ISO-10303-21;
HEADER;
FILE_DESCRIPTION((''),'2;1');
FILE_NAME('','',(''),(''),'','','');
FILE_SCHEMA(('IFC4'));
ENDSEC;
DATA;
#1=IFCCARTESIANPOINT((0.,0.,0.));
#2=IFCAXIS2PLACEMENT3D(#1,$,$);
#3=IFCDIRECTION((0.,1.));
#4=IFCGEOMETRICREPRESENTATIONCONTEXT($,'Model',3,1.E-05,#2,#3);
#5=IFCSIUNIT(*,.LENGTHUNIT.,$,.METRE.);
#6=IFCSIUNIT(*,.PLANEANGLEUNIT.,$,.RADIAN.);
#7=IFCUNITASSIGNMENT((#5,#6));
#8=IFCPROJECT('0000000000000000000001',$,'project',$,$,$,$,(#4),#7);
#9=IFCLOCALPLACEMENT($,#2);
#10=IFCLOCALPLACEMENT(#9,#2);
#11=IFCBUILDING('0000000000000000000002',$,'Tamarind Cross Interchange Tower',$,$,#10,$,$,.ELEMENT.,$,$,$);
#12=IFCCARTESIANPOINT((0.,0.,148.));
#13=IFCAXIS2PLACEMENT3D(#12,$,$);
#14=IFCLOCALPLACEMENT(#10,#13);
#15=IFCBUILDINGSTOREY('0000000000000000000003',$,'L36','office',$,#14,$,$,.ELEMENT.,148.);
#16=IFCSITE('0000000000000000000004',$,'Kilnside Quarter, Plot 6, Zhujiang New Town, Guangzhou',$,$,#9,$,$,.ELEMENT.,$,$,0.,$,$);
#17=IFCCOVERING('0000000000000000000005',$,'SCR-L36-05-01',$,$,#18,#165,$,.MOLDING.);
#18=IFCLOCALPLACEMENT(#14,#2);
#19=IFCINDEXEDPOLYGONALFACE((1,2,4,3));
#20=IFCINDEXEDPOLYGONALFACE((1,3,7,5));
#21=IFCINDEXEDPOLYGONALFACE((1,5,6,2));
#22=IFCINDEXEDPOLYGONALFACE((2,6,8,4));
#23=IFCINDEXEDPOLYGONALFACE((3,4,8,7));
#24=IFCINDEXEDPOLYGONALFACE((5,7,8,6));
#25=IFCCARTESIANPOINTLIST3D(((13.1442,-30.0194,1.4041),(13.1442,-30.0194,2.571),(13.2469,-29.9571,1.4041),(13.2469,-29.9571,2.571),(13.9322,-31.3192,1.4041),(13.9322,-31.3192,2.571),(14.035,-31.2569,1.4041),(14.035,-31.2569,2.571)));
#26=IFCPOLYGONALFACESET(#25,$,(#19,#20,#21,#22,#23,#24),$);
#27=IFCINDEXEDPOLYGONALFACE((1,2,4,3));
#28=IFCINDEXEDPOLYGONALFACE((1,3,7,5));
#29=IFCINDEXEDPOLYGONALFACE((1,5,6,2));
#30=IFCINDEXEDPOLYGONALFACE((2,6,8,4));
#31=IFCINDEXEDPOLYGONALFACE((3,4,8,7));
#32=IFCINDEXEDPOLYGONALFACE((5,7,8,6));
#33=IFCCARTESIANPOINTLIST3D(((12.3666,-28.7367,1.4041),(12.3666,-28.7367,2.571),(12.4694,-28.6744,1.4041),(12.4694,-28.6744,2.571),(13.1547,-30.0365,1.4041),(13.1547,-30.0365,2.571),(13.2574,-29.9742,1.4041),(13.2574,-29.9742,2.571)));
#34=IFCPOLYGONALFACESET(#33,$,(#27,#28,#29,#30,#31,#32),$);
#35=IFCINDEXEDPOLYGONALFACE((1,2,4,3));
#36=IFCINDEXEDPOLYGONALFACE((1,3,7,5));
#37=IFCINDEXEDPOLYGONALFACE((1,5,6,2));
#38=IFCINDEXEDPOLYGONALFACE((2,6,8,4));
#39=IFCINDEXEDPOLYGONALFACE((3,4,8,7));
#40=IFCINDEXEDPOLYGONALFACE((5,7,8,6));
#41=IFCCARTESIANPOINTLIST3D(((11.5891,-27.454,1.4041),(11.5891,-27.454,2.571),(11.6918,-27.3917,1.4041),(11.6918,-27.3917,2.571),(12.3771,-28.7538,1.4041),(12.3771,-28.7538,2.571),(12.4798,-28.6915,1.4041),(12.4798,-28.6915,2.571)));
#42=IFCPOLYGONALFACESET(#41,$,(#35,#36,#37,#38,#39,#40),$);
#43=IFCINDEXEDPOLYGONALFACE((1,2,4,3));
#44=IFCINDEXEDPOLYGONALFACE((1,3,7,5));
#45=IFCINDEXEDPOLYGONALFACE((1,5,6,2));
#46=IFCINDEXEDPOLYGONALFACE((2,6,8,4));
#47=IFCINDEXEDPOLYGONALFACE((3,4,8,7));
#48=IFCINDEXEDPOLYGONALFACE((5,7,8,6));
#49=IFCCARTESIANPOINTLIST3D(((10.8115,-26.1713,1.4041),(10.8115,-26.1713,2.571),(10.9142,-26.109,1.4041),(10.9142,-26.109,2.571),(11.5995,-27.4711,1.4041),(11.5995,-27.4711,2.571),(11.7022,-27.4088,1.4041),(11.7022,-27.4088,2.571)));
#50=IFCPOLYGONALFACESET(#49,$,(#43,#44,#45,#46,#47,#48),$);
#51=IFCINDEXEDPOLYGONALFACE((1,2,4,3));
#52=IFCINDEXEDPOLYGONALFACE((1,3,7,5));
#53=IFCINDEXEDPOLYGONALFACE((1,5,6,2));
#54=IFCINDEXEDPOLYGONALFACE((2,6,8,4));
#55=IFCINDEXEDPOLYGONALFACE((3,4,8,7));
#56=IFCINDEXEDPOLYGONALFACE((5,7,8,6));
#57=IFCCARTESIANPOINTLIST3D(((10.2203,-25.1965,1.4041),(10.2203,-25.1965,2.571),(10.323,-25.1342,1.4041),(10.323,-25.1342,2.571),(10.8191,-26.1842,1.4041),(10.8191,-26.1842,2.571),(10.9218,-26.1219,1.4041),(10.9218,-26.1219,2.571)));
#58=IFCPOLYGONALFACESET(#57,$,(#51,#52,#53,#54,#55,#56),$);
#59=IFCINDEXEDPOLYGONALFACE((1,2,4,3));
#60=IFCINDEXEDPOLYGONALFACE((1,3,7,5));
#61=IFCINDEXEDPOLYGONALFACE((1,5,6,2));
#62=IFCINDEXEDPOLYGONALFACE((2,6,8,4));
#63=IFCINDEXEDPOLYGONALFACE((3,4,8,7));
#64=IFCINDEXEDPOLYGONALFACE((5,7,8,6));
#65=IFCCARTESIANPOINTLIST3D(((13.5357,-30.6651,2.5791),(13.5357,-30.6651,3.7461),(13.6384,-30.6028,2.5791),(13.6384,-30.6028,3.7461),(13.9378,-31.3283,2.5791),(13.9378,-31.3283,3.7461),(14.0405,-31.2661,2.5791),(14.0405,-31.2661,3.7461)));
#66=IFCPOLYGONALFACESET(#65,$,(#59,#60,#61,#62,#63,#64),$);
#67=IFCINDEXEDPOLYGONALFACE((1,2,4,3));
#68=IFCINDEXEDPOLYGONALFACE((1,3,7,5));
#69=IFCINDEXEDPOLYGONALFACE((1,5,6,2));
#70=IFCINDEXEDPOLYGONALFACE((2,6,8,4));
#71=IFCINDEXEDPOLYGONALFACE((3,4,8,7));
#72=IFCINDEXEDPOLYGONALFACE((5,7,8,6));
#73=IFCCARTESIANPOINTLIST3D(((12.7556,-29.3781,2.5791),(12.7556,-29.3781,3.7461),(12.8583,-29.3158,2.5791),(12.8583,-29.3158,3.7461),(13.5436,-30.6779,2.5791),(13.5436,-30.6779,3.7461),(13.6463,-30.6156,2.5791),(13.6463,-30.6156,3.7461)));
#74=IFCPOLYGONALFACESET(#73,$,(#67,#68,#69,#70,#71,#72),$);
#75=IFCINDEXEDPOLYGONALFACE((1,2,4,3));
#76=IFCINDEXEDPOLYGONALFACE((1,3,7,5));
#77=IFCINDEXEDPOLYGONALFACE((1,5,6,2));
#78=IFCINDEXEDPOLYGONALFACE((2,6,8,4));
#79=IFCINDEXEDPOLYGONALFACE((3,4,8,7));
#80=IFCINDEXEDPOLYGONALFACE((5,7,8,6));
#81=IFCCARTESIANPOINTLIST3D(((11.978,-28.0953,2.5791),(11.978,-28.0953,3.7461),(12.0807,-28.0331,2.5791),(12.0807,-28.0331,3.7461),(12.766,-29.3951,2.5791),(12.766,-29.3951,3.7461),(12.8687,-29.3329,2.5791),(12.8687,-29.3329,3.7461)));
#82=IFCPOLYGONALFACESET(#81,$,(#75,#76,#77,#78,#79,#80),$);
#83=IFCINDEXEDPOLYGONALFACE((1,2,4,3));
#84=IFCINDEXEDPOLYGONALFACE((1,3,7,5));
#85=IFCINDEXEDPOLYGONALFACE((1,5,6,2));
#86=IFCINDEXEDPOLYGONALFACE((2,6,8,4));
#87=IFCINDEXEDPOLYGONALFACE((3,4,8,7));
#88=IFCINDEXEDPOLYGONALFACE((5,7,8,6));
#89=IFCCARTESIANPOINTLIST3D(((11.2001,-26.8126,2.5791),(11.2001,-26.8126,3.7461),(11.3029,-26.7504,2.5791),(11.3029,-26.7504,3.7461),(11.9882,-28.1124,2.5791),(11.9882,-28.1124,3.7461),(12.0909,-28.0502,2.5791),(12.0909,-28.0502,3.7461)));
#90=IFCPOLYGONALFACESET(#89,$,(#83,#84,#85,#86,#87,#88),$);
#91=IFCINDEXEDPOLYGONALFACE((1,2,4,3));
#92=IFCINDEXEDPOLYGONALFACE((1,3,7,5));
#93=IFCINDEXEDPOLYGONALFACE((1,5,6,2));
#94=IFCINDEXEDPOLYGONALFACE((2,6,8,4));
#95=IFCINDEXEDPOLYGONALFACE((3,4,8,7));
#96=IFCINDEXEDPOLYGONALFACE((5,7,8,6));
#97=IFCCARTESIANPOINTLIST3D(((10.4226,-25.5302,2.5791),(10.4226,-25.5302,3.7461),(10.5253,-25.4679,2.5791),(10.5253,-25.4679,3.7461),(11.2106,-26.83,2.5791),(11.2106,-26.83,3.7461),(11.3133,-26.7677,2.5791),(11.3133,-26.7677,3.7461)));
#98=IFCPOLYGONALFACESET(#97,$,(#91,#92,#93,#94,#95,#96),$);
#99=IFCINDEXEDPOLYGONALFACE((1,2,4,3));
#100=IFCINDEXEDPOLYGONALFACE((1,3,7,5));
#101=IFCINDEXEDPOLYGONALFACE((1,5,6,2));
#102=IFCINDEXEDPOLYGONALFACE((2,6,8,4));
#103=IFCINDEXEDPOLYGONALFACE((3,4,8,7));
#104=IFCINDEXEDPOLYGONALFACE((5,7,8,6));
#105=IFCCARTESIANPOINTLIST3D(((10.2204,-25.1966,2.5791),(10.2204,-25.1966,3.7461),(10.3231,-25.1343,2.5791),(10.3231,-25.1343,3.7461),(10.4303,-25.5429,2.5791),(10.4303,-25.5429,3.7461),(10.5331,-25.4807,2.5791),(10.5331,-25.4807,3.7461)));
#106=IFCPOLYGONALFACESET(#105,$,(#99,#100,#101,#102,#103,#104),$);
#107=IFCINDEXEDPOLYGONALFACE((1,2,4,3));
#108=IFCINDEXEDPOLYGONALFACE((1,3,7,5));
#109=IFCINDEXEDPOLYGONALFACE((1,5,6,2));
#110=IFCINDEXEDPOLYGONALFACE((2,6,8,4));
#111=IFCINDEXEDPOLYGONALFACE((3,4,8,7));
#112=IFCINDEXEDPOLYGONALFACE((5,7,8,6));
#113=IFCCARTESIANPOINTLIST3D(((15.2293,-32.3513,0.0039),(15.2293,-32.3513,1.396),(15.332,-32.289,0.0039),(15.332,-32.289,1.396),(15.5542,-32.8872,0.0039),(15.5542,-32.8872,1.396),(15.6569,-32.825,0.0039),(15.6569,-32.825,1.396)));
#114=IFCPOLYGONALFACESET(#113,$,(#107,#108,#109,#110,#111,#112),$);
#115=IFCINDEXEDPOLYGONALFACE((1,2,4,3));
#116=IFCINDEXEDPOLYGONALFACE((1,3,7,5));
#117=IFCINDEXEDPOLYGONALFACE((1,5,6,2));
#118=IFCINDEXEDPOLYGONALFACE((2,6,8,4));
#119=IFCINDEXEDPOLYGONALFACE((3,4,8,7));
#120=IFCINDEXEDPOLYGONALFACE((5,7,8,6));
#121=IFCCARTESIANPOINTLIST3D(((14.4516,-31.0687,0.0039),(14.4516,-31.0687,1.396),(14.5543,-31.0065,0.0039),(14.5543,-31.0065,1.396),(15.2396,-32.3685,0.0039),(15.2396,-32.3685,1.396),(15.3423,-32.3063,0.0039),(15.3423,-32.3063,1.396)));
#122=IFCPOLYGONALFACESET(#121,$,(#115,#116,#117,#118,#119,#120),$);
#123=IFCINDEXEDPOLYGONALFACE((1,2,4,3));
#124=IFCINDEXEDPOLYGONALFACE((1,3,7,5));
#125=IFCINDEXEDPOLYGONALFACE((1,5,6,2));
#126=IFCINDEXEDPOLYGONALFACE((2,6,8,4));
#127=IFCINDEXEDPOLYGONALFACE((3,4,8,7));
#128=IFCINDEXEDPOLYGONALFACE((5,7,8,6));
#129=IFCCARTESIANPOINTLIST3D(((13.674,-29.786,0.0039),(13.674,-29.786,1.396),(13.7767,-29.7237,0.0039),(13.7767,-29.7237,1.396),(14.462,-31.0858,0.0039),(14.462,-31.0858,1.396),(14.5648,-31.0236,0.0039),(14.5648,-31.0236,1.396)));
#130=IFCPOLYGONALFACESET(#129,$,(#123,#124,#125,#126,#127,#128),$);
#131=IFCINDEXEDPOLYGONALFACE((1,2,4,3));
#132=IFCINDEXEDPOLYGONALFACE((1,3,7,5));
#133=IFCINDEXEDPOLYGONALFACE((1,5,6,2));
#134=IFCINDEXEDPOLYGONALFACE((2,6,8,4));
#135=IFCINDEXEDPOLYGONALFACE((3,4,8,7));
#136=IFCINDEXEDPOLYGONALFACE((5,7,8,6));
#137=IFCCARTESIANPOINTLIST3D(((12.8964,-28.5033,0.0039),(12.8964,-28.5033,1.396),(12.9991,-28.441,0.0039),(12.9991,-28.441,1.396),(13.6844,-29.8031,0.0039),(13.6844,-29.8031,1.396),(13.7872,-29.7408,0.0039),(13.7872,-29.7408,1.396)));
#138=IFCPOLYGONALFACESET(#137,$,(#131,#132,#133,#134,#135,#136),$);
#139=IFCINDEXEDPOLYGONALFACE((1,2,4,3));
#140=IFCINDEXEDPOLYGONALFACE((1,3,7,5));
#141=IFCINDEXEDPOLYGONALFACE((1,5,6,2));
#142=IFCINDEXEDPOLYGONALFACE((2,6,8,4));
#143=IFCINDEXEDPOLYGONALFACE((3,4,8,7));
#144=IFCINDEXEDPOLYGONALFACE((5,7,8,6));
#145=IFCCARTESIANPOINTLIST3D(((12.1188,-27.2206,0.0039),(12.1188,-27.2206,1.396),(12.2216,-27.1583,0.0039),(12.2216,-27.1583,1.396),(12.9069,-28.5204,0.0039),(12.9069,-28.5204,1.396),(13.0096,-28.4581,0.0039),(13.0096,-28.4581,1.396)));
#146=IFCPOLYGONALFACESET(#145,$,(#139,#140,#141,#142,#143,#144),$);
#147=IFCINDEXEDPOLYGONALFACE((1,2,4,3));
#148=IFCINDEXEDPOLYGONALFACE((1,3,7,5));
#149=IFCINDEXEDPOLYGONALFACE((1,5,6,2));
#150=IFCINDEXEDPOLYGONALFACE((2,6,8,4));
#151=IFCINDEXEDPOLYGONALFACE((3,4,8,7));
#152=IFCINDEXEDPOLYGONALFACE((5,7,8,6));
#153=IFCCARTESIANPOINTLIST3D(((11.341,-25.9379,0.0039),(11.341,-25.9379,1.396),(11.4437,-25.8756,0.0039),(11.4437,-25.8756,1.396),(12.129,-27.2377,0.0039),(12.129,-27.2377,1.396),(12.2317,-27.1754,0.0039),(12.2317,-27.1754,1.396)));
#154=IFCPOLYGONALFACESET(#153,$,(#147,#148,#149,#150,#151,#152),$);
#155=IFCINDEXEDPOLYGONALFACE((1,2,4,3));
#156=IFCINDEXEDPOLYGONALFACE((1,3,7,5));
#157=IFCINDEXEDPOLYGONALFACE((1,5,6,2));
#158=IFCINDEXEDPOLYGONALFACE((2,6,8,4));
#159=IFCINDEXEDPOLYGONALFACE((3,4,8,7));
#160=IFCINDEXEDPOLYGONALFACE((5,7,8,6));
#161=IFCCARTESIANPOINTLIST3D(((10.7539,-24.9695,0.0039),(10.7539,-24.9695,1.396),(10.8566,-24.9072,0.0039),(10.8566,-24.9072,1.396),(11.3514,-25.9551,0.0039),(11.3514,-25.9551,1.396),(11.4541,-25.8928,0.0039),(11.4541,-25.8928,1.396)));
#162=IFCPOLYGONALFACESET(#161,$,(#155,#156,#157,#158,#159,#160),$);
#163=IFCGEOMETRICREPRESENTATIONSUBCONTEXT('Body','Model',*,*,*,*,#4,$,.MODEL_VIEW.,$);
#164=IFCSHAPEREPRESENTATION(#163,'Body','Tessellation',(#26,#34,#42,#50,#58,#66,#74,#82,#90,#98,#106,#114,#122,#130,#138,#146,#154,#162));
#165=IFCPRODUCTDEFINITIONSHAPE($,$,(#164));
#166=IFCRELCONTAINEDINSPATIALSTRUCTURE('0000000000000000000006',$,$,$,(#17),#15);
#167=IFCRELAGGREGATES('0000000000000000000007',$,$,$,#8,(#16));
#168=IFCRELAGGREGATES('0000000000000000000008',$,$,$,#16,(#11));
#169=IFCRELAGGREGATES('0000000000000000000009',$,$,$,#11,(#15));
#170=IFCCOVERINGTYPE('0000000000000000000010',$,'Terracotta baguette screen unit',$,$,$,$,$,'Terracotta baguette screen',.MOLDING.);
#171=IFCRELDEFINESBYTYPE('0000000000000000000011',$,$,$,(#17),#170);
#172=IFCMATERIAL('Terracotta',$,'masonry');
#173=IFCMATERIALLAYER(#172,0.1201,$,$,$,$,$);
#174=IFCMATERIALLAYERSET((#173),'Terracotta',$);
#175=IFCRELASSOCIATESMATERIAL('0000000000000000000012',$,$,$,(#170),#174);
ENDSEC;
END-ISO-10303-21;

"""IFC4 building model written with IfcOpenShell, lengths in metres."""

from ifc_helpers import new_model, si_unit, direction, frame, origin, origin_2d, place, context, subcontext, project, spatial, rectangle, extrude, material, layer, layer_set, type_object, element, save


model = new_model("IFC4")

# Units and contexts
model_context = context("Model", 3, precision=1e-05, world=origin(), true_north=direction((0.0, 1.0)))
body_context = subcontext(model_context, "Body", "Model", "MODEL_VIEW")
ifc_project = project(units=[si_unit("LENGTHUNIT", "METRE"), si_unit("PLANEANGLEUNIT", "RADIAN")], contexts=[model_context])

# Site, building, storey
site_placement = place(None, origin())
site = spatial("IfcSite", under=ifc_project, at=site_placement, Name="Kilnside Quarter, Plot 6, Zhujiang New Town, Guangzhou", CompositionType="ELEMENT", RefElevation=0.0)
building_placement = place(site_placement, origin())
building = spatial("IfcBuilding", under=site, at=building_placement, Name="Tamarind Cross Interchange Tower", CompositionType="ELEMENT")
storey_placement = place(building_placement, frame((0.0, 0.0, 148.0)))
storey = spatial("IfcBuildingStorey", under=building, at=storey_placement, Name="L36", Description="office", CompositionType="ELEMENT", Elevation=148.0)

# Covering
ifc_material_1 = material(Name="Terracotta", Category="masonry")
ifc_layer_1 = layer(ifc_material_1, 0.1201)
ifc_layer_set_1 = layer_set([ifc_layer_1], Name="Terracotta")
covering_type = type_object("IfcCoveringType", Name="Terracotta baguette screen unit", ElementType="Terracotta baguette screen", PredefinedType="MOLDING", material=ifc_layer_set_1)
covering_1_placement = place(storey_placement, origin())
element("IfcCovering", 1, at=covering_1_placement, inside=storey, type_object=covering_type, Name="SCR-L36-05-01", PredefinedType="MOLDING", context=body_context, shape_type="SweptSolid", body=[
    extrude(rectangle(XDim=1.52, YDim=0.1201, at=origin_2d()), frame((13.5896, -30.6382, 1.4041), z_axis=(0.0, 0.0, 1.0), x_axis=(-0.518425, 0.855123, 0.0)), (0.0, 0.0, 1.0), 1.167),
    extrude(rectangle(XDim=1.52, YDim=0.1201, at=origin_2d()), frame((12.812, -29.3555, 1.4041), z_axis=(0.0, 0.0, 1.0), x_axis=(-0.518425, 0.855123, 0.0)), (0.0, 0.0, 1.0), 1.167),
    extrude(rectangle(XDim=1.52, YDim=0.1201, at=origin_2d()), frame((12.0344, -28.0728, 1.4041), z_axis=(0.0, 0.0, 1.0), x_axis=(-0.518425, 0.855123, 0.0)), (0.0, 0.0, 1.0), 1.167),
    extrude(rectangle(XDim=1.52, YDim=0.1201, at=origin_2d()), frame((11.2568, -26.79, 1.4041), z_axis=(0.0, 0.0, 1.0), x_axis=(-0.518425, 0.855123, 0.0)), (0.0, 0.0, 1.0), 1.167),
    extrude(rectangle(XDim=1.155, YDim=0.1201, at=origin_2d()), frame((10.571, -25.6592, 1.4041), z_axis=(0.0, 0.0, 1.0), x_axis=(-0.518425, 0.855123, 0.0)), (0.0, 0.0, 1.0), 1.167),
    extrude(rectangle(XDim=0.7756, YDim=0.1201, at=origin_2d()), frame((13.7881, -30.9656, 2.5791), z_axis=(0.0, 0.0, 1.0), x_axis=(-0.518425, 0.855123, 0.0)), (0.0, 0.0, 1.0), 1.167),
    extrude(rectangle(XDim=1.52, YDim=0.1201, at=origin_2d()), frame((13.2009, -29.9968, 2.5791), z_axis=(0.0, 0.0, 1.0), x_axis=(-0.518425, 0.855123, 0.0)), (0.0, 0.0, 1.0), 1.167),
    extrude(rectangle(XDim=1.52, YDim=0.1201, at=origin_2d()), frame((12.4233, -28.7141, 2.5791), z_axis=(0.0, 0.0, 1.0), x_axis=(-0.518425, 0.855123, 0.0)), (0.0, 0.0, 1.0), 1.167),
    extrude(rectangle(XDim=1.52, YDim=0.1201, at=origin_2d()), frame((11.6455, -27.4314, 2.5791), z_axis=(0.0, 0.0, 1.0), x_axis=(-0.518425, 0.855123, 0.0)), (0.0, 0.0, 1.0), 1.167),
    extrude(rectangle(XDim=1.52, YDim=0.1201, at=origin_2d()), frame((10.8679, -26.1489, 2.5791), z_axis=(0.0, 0.0, 1.0), x_axis=(-0.518425, 0.855123, 0.0)), (0.0, 0.0, 1.0), 1.167),
    extrude(rectangle(XDim=0.405, YDim=0.1201, at=origin_2d()), frame((10.3767, -25.3386, 2.5791), z_axis=(0.0, 0.0, 1.0), x_axis=(-0.518425, 0.855123, 0.0)), (0.0, 0.0, 1.0), 1.167),
    extrude(rectangle(XDim=0.6267, YDim=0.1201, at=origin_2d()), frame((15.4431, -32.5881, 0.0039), z_axis=(0.0, 0.0, 1.0), x_axis=(-0.518425, 0.855123, 0.0)), (0.0, 0.0, 1.0), 1.3921),
    extrude(rectangle(XDim=1.52, YDim=0.1201, at=origin_2d()), frame((14.897, -31.6875, 0.0039), z_axis=(0.0, 0.0, 1.0), x_axis=(-0.518425, 0.855123, 0.0)), (0.0, 0.0, 1.0), 1.3921),
    extrude(rectangle(XDim=1.52, YDim=0.1201, at=origin_2d()), frame((14.1194, -30.4048, 0.0039), z_axis=(0.0, 0.0, 1.0), x_axis=(-0.518425, 0.855123, 0.0)), (0.0, 0.0, 1.0), 1.3921),
    extrude(rectangle(XDim=1.52, YDim=0.1201, at=origin_2d()), frame((13.3418, -29.1221, 0.0039), z_axis=(0.0, 0.0, 1.0), x_axis=(-0.518425, 0.855123, 0.0)), (0.0, 0.0, 1.0), 1.3921),
    extrude(rectangle(XDim=1.52, YDim=0.1201, at=origin_2d()), frame((12.5642, -27.8394, 0.0039), z_axis=(0.0, 0.0, 1.0), x_axis=(-0.518425, 0.855123, 0.0)), (0.0, 0.0, 1.0), 1.3921),
    extrude(rectangle(XDim=1.52, YDim=0.1201, at=origin_2d()), frame((11.7864, -26.5566, 0.0039), z_axis=(0.0, 0.0, 1.0), x_axis=(-0.518425, 0.855123, 0.0)), (0.0, 0.0, 1.0), 1.3921),
    extrude(rectangle(XDim=1.1526, YDim=0.1201, at=origin_2d()), frame((11.104, -25.4312, 0.0039), z_axis=(0.0, 0.0, 1.0), x_axis=(-0.518425, 0.855123, 0.0)), (0.0, 0.0, 1.0), 1.3921),
])

save(model, "model.ifc")
